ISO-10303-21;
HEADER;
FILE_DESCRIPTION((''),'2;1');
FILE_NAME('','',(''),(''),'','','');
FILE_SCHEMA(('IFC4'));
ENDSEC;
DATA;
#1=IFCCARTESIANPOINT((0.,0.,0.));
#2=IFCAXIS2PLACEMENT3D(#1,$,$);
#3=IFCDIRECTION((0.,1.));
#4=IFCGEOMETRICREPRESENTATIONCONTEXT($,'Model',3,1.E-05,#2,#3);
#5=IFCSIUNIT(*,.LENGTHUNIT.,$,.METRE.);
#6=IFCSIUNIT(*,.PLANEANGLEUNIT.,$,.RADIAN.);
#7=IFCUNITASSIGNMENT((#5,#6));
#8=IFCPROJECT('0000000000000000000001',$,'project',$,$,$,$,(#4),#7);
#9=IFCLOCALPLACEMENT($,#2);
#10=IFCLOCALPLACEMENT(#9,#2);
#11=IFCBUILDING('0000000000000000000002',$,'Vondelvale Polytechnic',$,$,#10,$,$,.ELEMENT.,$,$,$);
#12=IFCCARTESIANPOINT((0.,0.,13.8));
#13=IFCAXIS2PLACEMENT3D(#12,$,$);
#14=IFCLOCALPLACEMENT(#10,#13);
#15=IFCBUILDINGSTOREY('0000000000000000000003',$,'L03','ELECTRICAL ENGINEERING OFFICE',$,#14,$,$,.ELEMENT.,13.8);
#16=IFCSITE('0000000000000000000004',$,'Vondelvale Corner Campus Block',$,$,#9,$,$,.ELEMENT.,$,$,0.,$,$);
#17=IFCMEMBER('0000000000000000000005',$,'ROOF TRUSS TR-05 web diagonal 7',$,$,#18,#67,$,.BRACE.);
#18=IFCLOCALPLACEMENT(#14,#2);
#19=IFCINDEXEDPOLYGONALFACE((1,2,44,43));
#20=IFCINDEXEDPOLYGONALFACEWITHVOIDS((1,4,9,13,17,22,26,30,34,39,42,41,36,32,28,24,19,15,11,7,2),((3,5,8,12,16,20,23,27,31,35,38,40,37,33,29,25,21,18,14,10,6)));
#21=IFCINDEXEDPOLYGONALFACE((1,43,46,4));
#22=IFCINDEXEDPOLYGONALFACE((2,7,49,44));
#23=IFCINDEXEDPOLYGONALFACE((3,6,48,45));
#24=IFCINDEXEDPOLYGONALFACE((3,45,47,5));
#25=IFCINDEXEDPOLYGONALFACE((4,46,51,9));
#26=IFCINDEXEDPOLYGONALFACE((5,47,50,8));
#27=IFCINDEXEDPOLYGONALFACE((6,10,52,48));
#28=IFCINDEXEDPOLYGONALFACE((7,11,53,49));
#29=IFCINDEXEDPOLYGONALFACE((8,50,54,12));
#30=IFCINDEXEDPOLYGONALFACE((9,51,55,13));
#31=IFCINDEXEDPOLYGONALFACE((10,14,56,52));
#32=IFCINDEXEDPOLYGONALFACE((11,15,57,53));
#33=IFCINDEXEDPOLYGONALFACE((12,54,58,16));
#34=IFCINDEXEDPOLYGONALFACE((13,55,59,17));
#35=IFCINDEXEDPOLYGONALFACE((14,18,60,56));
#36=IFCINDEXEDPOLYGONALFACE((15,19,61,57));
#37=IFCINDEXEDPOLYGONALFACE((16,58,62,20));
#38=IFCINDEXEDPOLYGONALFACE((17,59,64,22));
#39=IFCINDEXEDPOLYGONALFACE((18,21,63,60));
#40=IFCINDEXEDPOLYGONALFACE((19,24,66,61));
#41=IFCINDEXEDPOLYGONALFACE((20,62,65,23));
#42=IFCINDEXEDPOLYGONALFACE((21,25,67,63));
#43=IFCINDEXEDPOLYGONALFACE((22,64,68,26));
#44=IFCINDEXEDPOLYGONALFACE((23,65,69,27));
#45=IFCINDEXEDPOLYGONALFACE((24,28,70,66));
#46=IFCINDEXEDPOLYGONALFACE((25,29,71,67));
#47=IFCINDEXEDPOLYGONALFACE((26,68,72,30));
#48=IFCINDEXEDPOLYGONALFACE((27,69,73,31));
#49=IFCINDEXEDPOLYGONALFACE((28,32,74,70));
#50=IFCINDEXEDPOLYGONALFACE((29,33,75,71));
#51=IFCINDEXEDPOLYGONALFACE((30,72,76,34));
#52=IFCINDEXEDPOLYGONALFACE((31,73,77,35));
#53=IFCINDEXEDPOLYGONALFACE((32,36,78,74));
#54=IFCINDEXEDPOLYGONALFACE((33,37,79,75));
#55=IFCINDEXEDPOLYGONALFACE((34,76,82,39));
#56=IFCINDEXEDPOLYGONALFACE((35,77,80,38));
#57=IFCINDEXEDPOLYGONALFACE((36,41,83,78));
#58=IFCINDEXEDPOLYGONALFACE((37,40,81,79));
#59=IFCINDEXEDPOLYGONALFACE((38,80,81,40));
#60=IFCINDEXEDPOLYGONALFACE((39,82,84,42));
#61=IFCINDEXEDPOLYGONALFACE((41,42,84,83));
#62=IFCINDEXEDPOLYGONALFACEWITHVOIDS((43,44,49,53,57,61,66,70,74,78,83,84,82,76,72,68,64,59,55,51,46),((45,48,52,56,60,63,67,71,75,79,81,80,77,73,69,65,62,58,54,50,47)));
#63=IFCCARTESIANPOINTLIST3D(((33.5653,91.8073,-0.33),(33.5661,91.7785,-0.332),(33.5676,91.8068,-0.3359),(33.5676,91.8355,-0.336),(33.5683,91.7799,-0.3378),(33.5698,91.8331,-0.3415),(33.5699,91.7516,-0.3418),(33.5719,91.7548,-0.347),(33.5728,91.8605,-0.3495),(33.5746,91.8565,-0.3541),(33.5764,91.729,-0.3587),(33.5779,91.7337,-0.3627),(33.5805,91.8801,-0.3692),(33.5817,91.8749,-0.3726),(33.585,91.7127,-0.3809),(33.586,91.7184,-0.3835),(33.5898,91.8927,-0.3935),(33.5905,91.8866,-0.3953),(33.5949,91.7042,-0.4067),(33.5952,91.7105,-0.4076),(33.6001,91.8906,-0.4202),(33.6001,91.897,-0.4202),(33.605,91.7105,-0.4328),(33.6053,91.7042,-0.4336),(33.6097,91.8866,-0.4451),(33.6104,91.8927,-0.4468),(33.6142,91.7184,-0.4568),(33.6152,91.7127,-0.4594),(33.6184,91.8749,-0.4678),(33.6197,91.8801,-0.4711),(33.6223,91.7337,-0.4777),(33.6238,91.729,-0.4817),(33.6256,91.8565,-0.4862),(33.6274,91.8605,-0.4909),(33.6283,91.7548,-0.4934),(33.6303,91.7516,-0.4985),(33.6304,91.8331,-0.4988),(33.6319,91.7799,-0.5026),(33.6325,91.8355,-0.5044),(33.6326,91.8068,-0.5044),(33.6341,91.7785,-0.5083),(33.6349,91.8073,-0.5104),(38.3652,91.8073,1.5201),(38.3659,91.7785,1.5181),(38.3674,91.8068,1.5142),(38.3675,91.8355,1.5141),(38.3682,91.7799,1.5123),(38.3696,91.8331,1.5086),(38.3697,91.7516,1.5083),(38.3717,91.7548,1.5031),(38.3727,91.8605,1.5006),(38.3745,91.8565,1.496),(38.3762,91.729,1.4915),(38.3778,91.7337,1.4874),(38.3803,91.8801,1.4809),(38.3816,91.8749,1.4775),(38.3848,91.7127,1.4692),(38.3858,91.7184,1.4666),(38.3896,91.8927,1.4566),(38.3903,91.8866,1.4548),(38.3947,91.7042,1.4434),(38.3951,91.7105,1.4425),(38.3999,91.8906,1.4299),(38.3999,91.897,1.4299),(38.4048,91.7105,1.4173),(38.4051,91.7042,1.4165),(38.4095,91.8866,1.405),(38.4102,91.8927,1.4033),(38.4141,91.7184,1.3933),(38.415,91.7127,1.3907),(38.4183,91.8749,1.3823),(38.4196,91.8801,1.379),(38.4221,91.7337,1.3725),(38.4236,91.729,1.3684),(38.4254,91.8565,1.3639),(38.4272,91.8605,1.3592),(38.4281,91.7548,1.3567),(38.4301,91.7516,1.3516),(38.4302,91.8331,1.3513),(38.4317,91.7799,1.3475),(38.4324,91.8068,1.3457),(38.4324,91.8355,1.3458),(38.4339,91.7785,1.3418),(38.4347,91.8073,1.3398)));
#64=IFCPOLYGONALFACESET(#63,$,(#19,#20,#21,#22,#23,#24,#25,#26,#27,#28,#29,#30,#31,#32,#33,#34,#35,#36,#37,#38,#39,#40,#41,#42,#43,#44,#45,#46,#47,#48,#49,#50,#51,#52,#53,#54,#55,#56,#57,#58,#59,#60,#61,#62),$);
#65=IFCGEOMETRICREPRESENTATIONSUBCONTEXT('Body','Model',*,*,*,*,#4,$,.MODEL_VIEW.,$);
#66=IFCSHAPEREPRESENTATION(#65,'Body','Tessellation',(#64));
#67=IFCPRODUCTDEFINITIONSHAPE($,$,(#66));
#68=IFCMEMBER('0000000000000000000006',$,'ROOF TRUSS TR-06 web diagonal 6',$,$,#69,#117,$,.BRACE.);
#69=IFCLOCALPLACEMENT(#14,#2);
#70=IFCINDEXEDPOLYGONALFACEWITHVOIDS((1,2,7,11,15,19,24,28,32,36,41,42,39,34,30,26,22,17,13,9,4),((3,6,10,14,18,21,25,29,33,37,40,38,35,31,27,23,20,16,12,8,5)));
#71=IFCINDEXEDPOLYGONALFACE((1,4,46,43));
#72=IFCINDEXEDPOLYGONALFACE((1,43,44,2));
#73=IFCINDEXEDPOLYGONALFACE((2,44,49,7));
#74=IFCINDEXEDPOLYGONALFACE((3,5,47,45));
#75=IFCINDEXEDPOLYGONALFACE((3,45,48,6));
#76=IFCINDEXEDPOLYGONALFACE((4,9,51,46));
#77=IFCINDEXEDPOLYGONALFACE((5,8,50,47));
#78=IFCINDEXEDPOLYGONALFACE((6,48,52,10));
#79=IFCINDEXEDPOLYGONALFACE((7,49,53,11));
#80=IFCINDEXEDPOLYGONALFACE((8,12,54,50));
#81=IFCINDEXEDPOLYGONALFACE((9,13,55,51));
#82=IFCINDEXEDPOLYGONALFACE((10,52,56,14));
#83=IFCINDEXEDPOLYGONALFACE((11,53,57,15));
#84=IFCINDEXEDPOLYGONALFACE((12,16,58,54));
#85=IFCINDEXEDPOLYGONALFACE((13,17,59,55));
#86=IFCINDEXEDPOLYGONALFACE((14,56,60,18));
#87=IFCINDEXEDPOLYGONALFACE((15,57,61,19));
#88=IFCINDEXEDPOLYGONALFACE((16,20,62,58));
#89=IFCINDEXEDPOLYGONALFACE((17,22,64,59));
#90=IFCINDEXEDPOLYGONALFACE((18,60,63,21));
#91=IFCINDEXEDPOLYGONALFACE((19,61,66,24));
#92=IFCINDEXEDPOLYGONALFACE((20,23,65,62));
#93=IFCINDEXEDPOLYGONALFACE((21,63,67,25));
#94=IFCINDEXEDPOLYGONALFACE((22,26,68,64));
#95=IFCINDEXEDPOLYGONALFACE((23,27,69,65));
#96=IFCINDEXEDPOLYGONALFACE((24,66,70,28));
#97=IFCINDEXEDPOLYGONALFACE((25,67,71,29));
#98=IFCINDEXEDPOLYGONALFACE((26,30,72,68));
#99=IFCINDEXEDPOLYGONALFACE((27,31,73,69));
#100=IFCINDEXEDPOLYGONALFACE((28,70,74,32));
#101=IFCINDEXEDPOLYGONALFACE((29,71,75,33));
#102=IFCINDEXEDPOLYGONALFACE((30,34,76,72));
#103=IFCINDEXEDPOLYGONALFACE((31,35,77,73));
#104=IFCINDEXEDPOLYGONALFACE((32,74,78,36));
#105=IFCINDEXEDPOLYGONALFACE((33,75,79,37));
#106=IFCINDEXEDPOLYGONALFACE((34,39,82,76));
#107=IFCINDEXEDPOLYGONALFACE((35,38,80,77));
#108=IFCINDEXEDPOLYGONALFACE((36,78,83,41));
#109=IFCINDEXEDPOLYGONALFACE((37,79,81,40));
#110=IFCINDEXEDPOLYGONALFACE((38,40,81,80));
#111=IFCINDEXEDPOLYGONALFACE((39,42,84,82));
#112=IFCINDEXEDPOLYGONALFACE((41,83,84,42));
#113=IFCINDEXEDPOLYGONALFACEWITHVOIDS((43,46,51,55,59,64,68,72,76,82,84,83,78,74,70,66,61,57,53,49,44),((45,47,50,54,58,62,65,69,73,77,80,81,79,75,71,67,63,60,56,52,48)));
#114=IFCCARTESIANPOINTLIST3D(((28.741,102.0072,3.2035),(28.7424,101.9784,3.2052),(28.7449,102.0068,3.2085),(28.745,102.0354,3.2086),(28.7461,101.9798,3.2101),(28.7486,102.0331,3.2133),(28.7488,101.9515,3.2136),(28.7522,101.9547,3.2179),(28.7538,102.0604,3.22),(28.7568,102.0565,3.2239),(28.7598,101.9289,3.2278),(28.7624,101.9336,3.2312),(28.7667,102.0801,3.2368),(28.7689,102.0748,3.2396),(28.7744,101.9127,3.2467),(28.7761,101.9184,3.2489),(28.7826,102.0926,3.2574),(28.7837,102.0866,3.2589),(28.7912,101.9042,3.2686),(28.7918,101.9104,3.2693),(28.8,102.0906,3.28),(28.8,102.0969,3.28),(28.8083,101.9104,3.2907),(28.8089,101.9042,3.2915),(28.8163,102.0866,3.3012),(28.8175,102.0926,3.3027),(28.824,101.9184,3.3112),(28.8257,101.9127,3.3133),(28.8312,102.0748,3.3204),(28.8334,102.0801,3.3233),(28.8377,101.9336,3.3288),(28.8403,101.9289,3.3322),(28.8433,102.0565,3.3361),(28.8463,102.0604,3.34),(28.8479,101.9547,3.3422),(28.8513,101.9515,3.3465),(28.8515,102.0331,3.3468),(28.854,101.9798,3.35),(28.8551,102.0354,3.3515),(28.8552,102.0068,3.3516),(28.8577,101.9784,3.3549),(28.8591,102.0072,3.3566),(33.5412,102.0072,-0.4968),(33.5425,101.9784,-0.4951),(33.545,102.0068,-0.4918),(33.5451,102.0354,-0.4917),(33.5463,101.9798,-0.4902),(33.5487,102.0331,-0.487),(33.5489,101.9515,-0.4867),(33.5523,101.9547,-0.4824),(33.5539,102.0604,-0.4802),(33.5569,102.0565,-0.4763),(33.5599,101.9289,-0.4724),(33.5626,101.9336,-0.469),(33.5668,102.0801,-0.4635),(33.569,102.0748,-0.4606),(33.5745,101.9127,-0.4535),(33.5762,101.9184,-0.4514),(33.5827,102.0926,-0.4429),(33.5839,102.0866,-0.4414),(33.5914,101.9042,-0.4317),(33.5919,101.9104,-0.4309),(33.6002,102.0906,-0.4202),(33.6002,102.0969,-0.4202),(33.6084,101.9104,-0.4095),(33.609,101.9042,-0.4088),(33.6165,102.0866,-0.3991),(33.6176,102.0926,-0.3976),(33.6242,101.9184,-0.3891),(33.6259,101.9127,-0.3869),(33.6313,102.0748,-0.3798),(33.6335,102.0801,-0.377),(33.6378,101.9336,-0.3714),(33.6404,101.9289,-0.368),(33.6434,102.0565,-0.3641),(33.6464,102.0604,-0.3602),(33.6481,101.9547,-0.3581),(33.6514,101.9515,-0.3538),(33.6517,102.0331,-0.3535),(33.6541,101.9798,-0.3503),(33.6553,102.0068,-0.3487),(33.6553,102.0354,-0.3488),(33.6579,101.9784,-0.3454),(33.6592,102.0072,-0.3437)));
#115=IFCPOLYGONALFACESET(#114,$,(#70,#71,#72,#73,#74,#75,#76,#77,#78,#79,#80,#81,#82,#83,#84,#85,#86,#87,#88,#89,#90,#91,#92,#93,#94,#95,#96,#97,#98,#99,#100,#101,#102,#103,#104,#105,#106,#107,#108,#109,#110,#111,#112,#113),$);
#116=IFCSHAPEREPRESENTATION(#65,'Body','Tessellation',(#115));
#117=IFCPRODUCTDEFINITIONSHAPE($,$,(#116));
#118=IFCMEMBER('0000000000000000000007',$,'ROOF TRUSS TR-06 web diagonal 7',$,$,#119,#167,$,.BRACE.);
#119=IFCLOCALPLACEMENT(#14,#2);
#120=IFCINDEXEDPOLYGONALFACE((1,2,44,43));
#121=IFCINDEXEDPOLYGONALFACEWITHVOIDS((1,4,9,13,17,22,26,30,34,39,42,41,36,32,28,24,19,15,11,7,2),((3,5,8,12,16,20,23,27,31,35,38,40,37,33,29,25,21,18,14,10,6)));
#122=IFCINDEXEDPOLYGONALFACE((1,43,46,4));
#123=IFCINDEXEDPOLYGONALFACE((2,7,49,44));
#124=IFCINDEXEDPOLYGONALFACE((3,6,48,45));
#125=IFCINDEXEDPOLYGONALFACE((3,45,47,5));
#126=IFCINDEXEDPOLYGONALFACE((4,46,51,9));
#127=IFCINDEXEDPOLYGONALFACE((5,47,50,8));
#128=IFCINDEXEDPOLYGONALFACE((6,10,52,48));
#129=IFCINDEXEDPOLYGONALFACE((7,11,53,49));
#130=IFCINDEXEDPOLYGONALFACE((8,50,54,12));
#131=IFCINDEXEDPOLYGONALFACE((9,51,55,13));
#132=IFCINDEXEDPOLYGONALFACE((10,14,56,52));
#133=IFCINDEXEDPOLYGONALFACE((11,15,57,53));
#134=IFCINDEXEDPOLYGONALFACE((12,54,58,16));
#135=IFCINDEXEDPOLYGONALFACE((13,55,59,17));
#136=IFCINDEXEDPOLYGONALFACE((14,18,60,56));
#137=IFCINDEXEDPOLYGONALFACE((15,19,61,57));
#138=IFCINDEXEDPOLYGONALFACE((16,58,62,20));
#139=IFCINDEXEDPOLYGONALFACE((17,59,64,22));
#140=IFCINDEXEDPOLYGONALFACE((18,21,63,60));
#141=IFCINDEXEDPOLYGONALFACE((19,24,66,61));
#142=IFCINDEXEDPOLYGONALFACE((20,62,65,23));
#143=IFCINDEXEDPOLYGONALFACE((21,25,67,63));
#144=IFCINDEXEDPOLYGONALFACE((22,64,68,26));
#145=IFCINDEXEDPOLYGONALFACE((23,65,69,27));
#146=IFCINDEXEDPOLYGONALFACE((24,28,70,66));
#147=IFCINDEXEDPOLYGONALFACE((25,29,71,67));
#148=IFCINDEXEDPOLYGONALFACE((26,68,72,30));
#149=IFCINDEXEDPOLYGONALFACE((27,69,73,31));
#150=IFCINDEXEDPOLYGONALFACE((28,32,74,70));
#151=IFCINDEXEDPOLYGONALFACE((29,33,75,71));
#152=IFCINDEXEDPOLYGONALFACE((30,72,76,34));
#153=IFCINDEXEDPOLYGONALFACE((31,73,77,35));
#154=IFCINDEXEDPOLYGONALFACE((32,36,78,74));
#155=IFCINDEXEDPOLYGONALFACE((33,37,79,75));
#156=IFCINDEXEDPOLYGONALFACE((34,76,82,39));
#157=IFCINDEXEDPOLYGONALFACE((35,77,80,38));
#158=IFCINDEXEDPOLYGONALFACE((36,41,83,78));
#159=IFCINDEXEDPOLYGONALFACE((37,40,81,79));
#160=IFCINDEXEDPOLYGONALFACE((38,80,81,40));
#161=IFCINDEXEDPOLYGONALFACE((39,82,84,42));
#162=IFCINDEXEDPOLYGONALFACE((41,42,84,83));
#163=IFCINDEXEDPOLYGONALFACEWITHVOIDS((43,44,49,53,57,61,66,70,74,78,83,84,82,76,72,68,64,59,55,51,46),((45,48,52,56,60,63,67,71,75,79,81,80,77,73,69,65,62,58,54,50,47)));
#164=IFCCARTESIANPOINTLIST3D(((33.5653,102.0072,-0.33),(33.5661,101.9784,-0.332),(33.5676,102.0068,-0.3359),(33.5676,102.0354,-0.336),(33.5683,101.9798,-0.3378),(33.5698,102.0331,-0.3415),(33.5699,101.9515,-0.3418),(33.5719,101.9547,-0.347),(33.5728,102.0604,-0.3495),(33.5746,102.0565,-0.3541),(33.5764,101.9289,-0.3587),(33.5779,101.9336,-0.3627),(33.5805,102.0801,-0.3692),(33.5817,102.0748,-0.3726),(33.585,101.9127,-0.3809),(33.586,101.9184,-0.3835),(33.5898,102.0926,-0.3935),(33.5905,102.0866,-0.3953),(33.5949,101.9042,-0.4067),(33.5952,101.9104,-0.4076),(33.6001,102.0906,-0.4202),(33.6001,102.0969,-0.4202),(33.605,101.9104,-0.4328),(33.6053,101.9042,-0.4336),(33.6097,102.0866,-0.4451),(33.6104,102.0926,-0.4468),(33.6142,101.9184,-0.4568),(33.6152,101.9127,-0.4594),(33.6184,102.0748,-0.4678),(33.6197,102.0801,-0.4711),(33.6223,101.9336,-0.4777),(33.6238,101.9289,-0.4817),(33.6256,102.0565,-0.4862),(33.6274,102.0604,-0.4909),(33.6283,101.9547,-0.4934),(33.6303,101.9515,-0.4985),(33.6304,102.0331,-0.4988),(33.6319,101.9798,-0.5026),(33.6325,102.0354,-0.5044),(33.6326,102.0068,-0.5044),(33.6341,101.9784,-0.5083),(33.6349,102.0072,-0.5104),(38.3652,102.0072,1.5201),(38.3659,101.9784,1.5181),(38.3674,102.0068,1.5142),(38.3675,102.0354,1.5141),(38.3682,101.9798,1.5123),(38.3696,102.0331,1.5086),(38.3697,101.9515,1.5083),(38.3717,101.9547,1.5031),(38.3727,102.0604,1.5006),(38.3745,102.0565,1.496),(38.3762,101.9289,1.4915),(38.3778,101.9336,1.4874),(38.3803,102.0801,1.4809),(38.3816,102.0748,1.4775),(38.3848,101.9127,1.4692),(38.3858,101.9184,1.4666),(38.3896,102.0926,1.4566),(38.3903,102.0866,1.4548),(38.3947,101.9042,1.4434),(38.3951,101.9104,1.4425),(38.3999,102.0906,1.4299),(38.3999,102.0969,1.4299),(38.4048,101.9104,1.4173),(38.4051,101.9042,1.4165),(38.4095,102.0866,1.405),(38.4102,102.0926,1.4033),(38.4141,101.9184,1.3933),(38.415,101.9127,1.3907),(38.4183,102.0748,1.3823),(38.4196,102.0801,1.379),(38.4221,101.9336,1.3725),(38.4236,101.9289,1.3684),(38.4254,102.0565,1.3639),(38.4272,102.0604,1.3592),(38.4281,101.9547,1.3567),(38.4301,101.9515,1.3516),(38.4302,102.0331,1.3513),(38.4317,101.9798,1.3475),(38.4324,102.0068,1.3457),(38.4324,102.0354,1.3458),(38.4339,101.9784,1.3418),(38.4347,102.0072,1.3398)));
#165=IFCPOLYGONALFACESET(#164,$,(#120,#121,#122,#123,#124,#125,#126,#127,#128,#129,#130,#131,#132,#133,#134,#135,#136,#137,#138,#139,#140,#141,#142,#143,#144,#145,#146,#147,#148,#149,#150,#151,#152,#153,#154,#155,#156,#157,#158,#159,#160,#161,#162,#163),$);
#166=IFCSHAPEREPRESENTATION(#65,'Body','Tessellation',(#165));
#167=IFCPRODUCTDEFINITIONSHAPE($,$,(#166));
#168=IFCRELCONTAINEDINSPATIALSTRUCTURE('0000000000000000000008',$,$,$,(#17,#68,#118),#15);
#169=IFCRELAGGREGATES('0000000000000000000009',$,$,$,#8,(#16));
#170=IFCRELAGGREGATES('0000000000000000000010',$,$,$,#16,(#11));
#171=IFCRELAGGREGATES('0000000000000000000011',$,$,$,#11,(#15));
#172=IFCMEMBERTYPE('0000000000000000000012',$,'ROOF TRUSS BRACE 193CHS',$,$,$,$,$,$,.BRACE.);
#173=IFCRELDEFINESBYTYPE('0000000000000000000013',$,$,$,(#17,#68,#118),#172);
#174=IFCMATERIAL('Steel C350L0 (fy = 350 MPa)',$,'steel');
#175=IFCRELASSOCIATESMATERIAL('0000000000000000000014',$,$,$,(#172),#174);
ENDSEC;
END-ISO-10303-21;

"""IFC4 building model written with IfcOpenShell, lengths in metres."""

from ifc_helpers import new_model, si_unit, direction, frame, origin, origin_2d, place, context, subcontext, project, spatial, hollow_circle, extrude, material, material_profile, profile_set, type_object, element, save


model = new_model("IFC4")

# Units and contexts
model_context = context("Model", 3, precision=1e-05, world=origin(), true_north=direction((0.0, 1.0)))
body_context = subcontext(model_context, "Body", "Model", "MODEL_VIEW")
ifc_project = project(units=[si_unit("LENGTHUNIT", "METRE"), si_unit("PLANEANGLEUNIT", "RADIAN")], contexts=[model_context])

# Site, building, storey
site_placement = place(None, origin())
site = spatial("IfcSite", under=ifc_project, at=site_placement, Name="Vondelvale Corner Campus Block", CompositionType="ELEMENT", RefElevation=0.0)
building_placement = place(site_placement, origin())
building = spatial("IfcBuilding", under=site, at=building_placement, Name="Vondelvale Polytechnic", CompositionType="ELEMENT")
storey_placement = place(building_placement, frame((0.0, 0.0, 13.8)))
storey = spatial("IfcBuildingStorey", under=building, at=storey_placement, Name="L03", Description="ELECTRICAL ENGINEERING OFFICE", CompositionType="ELEMENT", Elevation=13.8)

# Members
ifc_material_1 = material(Name="Steel C350L0 (fy = 350 MPa)", Category="steel")
ifc_material_profile_1 = material_profile(ifc_material_1, hollow_circle(Radius=0.0969, WallThickness=0.0063, at=origin_2d()), Name="193.7x6.4CHS")
ifc_profile_set_1 = profile_set([ifc_material_profile_1], Name="Steel C350L0 (fy = 350 MPa)")
member_type_1 = type_object("IfcMemberType", Name="ROOF TRUSS BRACE 193CHS", PredefinedType="BRACE", material=ifc_profile_set_1)
member_1_placement = place(storey_placement, frame((33.6001, 91.8, -0.4202), z_axis=(0.933084, 0.0, 0.35966), x_axis=(0.0, 1.0, 0.0)))
element("IfcMember", 1, at=member_1_placement, inside=storey, type_object=member_type_1, Name="ROOF TRUSS TR-05 web diagonal 7", PredefinedType="BRACE", context=body_context, shape_type="SweptSolid", body=[
    extrude(hollow_circle(Radius=0.0969, WallThickness=0.0063, at=origin_2d()), origin(), (0.0, 0.0, 1.0), 5.144),
])
member_2_placement = place(storey_placement, frame((28.8, 102.0, 3.28), z_axis=(0.791998, 0.0, -0.610524), x_axis=(0.0, 1.0, 0.0)))
element("IfcMember", 2, at=member_2_placement, inside=storey, type_object=member_type_1, Name="ROOF TRUSS TR-06 web diagonal 6", PredefinedType="BRACE", context=body_context, shape_type="SweptSolid", body=[
    extrude(hollow_circle(Radius=0.0969, WallThickness=0.0063, at=origin_2d()), origin(), (0.0, 0.0, 1.0), 6.0608),
])
member_3_placement = place(storey_placement, frame((33.6001, 102.0, -0.4202), z_axis=(0.933084, 0.0, 0.35966), x_axis=(0.0, 1.0, 0.0)))
element("IfcMember", 3, at=member_3_placement, inside=storey, type_object=member_type_1, Name="ROOF TRUSS TR-06 web diagonal 7", PredefinedType="BRACE", context=body_context, shape_type="SweptSolid", body=[
    extrude(hollow_circle(Radius=0.0969, WallThickness=0.0063, at=origin_2d()), origin(), (0.0, 0.0, 1.0), 5.144),
])

save(model, "model.ifc")
